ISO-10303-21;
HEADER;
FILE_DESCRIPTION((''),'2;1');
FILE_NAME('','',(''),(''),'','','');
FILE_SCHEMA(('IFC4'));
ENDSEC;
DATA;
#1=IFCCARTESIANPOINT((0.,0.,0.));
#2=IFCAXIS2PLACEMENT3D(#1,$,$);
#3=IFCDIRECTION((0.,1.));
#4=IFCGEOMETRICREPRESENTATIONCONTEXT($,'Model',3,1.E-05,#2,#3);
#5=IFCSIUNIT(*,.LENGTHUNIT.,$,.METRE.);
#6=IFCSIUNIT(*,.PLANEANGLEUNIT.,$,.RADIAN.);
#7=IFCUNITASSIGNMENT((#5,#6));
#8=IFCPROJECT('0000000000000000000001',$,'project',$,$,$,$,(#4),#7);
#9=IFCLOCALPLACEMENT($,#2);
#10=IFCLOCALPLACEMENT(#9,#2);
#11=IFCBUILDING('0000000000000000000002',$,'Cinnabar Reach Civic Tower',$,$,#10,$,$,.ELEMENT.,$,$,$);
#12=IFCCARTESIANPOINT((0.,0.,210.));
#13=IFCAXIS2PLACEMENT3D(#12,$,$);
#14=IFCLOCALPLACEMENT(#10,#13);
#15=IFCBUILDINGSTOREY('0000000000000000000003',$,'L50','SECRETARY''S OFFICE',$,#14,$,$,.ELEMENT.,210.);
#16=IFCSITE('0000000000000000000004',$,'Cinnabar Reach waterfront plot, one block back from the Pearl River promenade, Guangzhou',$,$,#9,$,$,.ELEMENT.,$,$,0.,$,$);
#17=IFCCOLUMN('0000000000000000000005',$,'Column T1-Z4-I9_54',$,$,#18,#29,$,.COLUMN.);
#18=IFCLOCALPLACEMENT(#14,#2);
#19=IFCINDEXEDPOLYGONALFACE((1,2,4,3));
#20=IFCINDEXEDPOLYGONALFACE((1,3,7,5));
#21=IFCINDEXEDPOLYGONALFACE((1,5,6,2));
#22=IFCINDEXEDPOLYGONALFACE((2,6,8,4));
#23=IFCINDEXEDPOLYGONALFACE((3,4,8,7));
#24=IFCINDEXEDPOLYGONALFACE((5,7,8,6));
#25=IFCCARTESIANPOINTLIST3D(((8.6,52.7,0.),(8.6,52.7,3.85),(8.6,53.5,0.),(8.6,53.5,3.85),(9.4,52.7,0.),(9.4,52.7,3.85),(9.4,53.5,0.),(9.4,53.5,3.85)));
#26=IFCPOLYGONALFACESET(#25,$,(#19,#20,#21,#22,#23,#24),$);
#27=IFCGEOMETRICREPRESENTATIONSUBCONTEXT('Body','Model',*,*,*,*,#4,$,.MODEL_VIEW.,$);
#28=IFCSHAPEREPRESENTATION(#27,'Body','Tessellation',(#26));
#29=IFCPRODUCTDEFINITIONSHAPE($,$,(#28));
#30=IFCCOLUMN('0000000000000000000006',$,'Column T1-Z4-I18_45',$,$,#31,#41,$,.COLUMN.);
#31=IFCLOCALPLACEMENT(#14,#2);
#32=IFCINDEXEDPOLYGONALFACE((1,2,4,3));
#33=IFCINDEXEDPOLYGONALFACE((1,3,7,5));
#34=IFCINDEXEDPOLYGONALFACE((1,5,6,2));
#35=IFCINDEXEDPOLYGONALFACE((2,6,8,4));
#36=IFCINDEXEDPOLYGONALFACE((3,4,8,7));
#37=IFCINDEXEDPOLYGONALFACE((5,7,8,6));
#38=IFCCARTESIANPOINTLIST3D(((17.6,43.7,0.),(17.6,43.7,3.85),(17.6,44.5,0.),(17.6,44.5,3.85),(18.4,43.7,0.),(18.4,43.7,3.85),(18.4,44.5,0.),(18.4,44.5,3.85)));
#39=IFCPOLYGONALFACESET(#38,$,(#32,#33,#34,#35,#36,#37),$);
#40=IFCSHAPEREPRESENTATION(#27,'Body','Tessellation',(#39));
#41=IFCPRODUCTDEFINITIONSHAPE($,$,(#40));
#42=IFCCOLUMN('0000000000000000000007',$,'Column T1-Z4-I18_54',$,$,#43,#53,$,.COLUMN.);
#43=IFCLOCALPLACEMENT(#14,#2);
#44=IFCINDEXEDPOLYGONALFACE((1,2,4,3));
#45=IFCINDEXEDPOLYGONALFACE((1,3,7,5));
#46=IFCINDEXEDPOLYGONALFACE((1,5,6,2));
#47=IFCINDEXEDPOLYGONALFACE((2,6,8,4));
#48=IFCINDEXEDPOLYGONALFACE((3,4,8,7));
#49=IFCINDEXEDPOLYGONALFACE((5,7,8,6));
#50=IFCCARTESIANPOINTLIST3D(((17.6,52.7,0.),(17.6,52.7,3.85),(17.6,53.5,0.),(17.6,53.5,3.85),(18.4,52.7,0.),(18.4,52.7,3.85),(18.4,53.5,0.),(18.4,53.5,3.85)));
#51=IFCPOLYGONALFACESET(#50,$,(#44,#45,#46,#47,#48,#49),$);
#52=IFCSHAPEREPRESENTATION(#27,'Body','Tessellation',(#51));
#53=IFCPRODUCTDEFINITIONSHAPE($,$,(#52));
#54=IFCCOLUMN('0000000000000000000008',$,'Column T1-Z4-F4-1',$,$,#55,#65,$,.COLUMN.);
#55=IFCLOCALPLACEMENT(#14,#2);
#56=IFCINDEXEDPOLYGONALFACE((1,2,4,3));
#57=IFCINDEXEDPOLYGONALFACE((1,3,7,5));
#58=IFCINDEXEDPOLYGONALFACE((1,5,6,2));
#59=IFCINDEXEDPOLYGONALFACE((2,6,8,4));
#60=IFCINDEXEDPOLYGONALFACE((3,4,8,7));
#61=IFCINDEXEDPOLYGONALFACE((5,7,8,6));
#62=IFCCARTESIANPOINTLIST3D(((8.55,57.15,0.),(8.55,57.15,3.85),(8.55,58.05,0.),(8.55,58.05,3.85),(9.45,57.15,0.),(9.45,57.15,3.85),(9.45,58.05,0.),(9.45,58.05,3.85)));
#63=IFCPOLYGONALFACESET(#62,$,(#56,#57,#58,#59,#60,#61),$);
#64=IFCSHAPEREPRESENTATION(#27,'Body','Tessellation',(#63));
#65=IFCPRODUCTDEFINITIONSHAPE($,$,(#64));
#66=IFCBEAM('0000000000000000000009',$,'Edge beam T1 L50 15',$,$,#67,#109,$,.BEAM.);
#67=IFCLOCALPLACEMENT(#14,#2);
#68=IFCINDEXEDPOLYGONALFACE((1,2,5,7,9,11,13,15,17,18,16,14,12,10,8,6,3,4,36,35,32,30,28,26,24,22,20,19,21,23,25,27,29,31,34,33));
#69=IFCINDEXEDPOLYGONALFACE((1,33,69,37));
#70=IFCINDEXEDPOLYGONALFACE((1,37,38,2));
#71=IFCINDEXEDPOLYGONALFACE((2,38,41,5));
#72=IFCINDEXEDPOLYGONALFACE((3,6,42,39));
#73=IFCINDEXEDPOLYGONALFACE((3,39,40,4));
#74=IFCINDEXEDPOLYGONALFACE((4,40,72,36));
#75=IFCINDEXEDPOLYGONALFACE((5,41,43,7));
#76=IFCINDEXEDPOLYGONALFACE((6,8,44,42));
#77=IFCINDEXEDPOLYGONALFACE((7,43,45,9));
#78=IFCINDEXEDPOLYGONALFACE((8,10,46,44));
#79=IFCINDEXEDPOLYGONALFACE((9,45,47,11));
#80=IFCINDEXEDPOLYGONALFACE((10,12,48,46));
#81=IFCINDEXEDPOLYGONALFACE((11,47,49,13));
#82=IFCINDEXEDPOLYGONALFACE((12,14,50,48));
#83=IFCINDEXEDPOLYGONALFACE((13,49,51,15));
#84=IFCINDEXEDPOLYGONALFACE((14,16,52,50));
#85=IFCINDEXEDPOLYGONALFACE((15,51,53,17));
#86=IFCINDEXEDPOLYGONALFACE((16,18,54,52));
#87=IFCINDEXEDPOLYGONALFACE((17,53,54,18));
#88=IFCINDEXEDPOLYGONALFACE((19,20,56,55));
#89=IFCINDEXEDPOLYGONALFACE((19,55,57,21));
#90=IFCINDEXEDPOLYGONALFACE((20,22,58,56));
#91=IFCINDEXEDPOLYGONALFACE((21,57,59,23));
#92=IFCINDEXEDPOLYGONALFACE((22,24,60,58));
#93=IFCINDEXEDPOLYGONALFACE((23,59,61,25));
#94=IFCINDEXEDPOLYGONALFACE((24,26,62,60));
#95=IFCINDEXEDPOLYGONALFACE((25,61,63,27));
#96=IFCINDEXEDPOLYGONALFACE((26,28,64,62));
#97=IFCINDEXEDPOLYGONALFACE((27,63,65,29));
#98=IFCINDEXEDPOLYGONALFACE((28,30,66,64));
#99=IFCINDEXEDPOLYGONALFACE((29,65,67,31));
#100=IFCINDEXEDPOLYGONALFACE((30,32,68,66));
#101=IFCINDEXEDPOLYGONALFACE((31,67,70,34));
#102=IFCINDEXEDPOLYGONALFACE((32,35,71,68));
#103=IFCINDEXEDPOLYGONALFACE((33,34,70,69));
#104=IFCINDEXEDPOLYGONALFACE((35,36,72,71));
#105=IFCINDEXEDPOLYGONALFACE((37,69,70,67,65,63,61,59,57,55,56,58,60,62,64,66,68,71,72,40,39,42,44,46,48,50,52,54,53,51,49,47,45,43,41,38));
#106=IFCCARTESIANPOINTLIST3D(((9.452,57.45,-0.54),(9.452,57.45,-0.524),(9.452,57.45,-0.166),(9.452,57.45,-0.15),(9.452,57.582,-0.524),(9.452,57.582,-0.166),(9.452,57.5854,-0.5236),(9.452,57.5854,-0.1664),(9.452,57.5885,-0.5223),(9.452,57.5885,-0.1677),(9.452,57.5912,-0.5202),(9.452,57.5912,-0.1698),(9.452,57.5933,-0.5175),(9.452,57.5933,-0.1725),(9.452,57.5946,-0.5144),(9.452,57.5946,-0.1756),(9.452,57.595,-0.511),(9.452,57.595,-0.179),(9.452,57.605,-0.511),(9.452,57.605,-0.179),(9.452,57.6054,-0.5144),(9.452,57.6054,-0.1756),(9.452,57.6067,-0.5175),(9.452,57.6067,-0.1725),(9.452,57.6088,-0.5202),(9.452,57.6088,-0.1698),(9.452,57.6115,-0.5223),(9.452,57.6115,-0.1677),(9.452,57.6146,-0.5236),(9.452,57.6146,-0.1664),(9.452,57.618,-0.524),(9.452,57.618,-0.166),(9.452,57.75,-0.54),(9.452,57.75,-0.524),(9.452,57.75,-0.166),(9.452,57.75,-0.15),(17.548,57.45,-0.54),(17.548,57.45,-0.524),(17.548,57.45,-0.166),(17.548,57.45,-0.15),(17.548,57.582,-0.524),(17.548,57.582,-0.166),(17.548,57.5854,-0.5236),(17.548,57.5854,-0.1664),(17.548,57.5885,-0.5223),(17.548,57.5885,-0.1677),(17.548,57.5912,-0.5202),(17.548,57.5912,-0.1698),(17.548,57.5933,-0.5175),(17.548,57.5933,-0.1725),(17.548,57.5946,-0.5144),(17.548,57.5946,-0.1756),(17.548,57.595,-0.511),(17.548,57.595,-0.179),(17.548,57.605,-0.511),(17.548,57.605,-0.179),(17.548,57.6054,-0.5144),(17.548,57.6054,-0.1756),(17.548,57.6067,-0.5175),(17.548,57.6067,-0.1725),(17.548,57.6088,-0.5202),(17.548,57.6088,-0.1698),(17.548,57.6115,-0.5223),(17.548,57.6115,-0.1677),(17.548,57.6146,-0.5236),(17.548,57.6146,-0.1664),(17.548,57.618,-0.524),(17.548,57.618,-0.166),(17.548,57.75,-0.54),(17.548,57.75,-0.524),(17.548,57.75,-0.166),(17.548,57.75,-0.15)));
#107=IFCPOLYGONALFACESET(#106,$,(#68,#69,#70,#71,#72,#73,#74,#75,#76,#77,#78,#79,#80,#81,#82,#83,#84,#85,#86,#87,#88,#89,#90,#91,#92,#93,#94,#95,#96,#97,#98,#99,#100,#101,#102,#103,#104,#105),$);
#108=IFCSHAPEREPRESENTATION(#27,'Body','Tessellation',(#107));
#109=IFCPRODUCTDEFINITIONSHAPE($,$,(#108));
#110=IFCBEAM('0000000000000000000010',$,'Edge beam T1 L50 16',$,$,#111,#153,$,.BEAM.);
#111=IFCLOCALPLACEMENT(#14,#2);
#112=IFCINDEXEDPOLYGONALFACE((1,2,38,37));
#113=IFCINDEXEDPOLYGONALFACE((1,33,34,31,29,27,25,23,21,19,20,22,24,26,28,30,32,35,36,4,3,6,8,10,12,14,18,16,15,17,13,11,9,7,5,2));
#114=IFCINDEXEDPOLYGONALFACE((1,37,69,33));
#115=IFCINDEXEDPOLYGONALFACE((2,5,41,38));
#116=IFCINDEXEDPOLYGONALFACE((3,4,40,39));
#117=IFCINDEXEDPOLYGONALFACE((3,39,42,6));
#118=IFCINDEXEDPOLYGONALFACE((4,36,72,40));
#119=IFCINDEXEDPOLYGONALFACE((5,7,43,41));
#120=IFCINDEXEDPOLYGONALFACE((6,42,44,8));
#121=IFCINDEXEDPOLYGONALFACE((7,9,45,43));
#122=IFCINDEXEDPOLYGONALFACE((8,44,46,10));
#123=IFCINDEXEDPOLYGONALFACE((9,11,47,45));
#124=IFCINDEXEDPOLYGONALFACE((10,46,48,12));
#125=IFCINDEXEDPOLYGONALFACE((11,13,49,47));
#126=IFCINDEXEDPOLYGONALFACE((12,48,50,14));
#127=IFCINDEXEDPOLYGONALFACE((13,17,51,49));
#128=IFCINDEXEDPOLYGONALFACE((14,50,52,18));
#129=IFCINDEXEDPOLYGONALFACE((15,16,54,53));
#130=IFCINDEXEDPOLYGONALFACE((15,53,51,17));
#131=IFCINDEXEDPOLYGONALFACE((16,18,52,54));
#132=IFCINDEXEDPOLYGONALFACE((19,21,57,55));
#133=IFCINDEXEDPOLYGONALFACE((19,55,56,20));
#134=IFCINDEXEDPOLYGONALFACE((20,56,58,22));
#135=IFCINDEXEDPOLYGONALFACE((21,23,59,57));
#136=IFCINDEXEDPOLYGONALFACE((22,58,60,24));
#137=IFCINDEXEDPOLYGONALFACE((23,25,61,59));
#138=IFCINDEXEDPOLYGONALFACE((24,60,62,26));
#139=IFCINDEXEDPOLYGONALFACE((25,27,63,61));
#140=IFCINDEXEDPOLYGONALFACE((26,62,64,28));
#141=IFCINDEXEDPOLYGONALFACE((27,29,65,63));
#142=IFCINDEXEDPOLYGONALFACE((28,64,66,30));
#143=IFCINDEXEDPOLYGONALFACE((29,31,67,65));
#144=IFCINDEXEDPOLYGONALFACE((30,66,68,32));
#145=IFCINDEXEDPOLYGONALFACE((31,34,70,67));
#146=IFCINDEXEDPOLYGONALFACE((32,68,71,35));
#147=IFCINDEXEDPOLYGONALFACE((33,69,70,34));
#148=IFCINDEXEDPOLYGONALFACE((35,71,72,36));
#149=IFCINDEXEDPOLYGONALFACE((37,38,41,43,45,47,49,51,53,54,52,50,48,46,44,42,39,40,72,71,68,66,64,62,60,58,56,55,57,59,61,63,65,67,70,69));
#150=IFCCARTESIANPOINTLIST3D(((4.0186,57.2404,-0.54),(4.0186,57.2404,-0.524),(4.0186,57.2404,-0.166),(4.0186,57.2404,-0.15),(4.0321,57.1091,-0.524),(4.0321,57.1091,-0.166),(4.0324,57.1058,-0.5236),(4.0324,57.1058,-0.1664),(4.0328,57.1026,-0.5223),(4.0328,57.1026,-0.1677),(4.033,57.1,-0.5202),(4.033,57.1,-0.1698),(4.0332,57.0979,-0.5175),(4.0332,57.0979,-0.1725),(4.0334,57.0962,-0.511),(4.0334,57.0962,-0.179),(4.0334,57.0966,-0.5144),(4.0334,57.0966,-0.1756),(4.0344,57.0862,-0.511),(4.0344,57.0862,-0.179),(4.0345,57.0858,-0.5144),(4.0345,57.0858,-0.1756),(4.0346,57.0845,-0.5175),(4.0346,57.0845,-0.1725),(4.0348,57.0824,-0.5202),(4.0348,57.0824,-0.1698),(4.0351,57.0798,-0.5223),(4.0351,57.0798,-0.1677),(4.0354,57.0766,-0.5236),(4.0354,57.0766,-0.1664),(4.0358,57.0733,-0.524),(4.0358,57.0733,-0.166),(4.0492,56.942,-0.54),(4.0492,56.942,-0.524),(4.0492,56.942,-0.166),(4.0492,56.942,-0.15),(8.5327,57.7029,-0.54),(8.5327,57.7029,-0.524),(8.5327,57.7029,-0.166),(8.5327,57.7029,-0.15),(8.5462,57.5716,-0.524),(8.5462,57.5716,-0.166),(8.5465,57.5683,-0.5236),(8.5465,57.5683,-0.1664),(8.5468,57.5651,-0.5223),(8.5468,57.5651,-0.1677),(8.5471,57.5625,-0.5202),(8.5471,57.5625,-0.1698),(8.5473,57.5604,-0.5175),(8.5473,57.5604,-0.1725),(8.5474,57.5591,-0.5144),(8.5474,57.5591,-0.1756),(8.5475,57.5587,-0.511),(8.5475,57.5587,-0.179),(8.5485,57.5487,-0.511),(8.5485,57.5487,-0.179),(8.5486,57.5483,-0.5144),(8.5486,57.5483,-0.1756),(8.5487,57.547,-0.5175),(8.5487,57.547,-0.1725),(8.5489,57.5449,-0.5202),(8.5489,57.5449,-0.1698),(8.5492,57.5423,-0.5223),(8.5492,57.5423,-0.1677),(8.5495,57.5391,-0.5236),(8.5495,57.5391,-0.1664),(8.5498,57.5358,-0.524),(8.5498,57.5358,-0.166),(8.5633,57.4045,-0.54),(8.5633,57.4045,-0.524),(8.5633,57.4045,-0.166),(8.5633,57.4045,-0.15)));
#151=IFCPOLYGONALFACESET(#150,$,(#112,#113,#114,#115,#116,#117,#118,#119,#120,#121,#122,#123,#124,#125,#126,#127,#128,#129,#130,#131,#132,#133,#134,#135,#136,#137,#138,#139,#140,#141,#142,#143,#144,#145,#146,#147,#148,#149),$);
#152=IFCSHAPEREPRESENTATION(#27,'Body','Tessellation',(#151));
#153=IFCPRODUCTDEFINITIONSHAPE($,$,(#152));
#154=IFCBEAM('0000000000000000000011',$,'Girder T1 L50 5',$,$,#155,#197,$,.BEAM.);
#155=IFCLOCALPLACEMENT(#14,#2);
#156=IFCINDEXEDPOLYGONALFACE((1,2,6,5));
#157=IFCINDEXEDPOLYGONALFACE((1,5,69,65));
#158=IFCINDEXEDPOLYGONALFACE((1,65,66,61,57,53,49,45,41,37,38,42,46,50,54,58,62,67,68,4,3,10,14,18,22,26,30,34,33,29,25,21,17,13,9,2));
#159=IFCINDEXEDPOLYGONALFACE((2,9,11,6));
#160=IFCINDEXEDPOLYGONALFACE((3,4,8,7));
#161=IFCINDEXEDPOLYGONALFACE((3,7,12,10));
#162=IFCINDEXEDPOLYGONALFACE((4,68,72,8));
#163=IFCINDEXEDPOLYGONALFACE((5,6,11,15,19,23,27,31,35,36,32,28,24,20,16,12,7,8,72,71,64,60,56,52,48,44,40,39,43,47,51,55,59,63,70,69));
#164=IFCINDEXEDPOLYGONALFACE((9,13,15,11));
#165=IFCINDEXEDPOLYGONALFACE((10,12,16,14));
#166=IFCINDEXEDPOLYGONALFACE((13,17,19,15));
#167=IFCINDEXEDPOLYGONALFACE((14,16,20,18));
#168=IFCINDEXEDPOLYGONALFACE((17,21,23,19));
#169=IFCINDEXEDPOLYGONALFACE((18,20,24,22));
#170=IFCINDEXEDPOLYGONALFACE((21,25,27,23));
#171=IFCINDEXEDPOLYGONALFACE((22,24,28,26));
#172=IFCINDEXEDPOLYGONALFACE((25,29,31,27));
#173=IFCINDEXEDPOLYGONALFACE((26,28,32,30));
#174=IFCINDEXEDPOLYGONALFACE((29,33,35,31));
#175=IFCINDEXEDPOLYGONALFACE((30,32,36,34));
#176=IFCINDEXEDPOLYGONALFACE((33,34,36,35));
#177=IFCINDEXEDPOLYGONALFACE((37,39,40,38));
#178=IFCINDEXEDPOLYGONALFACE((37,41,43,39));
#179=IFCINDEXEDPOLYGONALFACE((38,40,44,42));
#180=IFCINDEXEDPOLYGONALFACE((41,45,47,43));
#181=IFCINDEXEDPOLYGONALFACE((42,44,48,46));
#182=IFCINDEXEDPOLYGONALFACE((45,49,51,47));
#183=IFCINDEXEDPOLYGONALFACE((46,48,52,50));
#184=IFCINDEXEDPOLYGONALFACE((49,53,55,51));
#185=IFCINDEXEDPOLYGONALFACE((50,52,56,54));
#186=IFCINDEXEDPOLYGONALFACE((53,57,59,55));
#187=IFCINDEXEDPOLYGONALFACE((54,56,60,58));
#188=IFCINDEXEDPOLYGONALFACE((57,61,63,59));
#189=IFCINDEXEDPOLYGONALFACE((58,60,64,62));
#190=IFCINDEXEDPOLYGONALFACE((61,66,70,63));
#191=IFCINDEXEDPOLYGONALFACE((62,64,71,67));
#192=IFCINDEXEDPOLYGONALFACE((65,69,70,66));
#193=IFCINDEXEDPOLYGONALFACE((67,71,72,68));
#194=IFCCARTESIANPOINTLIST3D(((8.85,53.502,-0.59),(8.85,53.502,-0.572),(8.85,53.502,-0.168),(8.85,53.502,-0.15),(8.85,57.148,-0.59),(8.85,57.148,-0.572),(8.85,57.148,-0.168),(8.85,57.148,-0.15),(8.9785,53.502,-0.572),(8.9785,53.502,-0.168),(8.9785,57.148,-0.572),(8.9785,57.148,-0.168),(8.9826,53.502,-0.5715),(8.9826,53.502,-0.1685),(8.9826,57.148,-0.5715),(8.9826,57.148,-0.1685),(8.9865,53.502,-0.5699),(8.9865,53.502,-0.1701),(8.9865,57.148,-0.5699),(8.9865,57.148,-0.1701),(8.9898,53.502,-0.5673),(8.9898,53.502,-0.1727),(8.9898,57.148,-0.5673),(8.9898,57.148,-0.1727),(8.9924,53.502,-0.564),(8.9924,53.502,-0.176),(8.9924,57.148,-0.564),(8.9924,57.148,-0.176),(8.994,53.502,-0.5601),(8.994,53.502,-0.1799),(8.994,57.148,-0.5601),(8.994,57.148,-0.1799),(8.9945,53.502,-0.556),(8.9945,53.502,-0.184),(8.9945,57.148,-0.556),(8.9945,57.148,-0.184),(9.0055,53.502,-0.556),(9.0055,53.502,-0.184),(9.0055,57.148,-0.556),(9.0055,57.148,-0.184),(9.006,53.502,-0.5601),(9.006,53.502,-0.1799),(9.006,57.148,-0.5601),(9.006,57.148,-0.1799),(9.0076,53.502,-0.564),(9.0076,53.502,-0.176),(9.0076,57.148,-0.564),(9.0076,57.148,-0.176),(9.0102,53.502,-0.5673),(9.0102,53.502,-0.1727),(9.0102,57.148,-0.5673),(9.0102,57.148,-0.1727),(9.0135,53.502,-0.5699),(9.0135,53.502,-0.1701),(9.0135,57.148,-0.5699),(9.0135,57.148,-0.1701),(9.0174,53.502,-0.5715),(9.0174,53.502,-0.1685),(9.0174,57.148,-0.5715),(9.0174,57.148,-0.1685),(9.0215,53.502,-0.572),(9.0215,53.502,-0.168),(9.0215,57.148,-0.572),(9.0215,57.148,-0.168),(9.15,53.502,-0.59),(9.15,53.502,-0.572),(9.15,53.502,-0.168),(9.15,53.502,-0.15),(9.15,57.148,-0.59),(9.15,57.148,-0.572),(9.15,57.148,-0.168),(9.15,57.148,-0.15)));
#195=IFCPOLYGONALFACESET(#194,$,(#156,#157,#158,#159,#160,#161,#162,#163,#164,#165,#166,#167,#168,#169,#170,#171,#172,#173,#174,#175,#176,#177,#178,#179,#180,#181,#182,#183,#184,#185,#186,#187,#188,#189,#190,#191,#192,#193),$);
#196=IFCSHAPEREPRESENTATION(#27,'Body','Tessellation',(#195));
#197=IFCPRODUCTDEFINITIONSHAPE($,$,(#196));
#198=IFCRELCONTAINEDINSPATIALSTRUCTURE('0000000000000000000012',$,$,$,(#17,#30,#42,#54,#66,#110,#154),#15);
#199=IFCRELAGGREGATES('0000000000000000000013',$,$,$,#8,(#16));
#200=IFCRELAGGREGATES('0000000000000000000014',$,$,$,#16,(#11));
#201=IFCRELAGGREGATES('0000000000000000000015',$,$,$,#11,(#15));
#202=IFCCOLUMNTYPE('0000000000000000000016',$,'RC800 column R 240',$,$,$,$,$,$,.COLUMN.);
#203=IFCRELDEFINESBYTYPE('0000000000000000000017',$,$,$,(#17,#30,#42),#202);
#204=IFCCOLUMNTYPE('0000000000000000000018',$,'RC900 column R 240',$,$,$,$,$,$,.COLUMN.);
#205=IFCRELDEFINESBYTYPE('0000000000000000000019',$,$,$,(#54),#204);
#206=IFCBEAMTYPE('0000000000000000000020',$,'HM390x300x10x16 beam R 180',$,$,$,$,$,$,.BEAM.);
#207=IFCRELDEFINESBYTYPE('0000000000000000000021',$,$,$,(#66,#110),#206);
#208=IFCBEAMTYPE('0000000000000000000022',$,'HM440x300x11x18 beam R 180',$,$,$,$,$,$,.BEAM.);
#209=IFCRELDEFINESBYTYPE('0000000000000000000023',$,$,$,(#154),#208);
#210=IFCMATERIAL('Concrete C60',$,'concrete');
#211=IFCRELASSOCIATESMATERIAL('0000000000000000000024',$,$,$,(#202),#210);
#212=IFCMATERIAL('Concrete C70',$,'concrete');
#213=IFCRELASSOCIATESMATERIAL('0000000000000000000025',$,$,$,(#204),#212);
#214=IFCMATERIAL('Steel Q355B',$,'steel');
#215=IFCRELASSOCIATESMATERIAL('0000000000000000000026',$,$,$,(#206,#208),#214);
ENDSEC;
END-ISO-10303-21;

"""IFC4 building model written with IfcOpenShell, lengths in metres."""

from ifc_helpers import new_model, si_unit, direction, frame, origin, origin_2d, place, context, subcontext, project, spatial, rectangle, i_section, extrude, material, material_profile, profile_set, type_object, element, save


model = new_model("IFC4")

# Units and contexts
model_context = context("Model", 3, precision=1e-05, world=origin(), true_north=direction((0.0, 1.0)))
body_context = subcontext(model_context, "Body", "Model", "MODEL_VIEW")
ifc_project = project(units=[si_unit("LENGTHUNIT", "METRE"), si_unit("PLANEANGLEUNIT", "RADIAN")], contexts=[model_context])

# Site, building, storey
site_placement = place(None, origin())
site = spatial("IfcSite", under=ifc_project, at=site_placement, Name="Cinnabar Reach waterfront plot, one block back from the Pearl River promenade, Guangzhou", CompositionType="ELEMENT", RefElevation=0.0)
building_placement = place(site_placement, origin())
building = spatial("IfcBuilding", under=site, at=building_placement, Name="Cinnabar Reach Civic Tower", CompositionType="ELEMENT")
storey_placement = place(building_placement, frame((0.0, 0.0, 210.0)))
storey = spatial("IfcBuildingStorey", under=building, at=storey_placement, Name="L50", Description="SECRETARY'S OFFICE", CompositionType="ELEMENT", Elevation=210.0)

# Columns
ifc_material_1 = material(Name="Concrete C60", Category="concrete")
ifc_material_profile_1 = material_profile(ifc_material_1, rectangle(XDim=0.8, YDim=0.8, at=origin_2d()), Name="RC800")
ifc_profile_set_1 = profile_set([ifc_material_profile_1], Name="Concrete C60")
column_type_1 = type_object("IfcColumnType", Name="RC800 column R 240", PredefinedType="COLUMN", material=ifc_profile_set_1)
for number, where, z_axis, x_axis, name in (
    (1, (9.0, 53.1, 0.0), (0.0, 0.0, 1.0), (1.0, 0.0, 0.0), "Column T1-Z4-I9_54"),
    (2, (18.0, 44.1, 0.0), (0.0, 0.0, 1.0), (1.0, 0.0, 0.0), "Column T1-Z4-I18_45"),
    (3, (18.0, 53.1, 0.0), (0.0, 0.0, 1.0), (1.0, 0.0, 0.0), "Column T1-Z4-I18_54"),
):
    element("IfcColumn", number, at=place(storey_placement, frame(where, z_axis=z_axis, x_axis=x_axis)), inside=storey, type_object=column_type_1, Name=name, PredefinedType="COLUMN", context=body_context, shape_type="SweptSolid", body=[
        extrude(rectangle(XDim=0.8, YDim=0.8, at=origin_2d()), origin(), (0.0, 0.0, 1.0), 3.85),
    ])
ifc_material_2 = material(Name="Concrete C70", Category="concrete")
ifc_material_profile_2 = material_profile(ifc_material_2, rectangle(XDim=0.9, YDim=0.9, at=origin_2d()), Name="RC900")
ifc_profile_set_2 = profile_set([ifc_material_profile_2], Name="Concrete C70")
column_type_2 = type_object("IfcColumnType", Name="RC900 column R 240", PredefinedType="COLUMN", material=ifc_profile_set_2)
column_placement = place(storey_placement, frame((9.0, 57.6, 0.0), z_axis=(0.0, 0.0, 1.0), x_axis=(1.0, 0.0, 0.0)))
element("IfcColumn", 4, at=column_placement, inside=storey, type_object=column_type_2, Name="Column T1-Z4-F4-1", PredefinedType="COLUMN", context=body_context, shape_type="SweptSolid", body=[
    extrude(rectangle(XDim=0.9, YDim=0.9, at=origin_2d()), origin(), (0.0, 0.0, 1.0), 3.85),
])

# Beams
ifc_material_3 = material(Name="Steel Q355B", Category="steel")
ifc_material_profile_3 = material_profile(ifc_material_3, i_section(OverallWidth=0.3, OverallDepth=0.39, WebThickness=0.01, FlangeThickness=0.016, FilletRadius=0.013, at=origin_2d()), Name="HM390x300x10x16")
ifc_profile_set_3 = profile_set([ifc_material_profile_3], Name="Steel Q355B")
beam_type_1 = type_object("IfcBeamType", Name="HM390x300x10x16 beam R 180", PredefinedType="BEAM", material=ifc_profile_set_3)
beam_1_placement = place(storey_placement, frame((17.548, 57.6, -0.345), z_axis=(-1.0, 0.0, 0.0), x_axis=(0.0, -1.0, 0.0)))
element("IfcBeam", 5, at=beam_1_placement, inside=storey, type_object=beam_type_1, Name="Edge beam T1 L50 15", PredefinedType="BEAM", context=body_context, shape_type="SweptSolid", body=[
    extrude(i_section(OverallWidth=0.3, OverallDepth=0.39, WebThickness=0.01, FlangeThickness=0.016, FilletRadius=0.013, at=origin_2d()), origin(), (0.0, 0.0, 1.0), 8.096),
])
beam_2_placement = place(storey_placement, frame((8.548, 57.5537, -0.345), z_axis=(-0.994792, -0.101923, 0.0), x_axis=(0.101923, -0.994792, 0.0)))
element("IfcBeam", 6, at=beam_2_placement, inside=storey, type_object=beam_type_1, Name="Edge beam T1 L50 16", PredefinedType="BEAM", context=body_context, shape_type="SweptSolid", body=[
    extrude(i_section(OverallWidth=0.3, OverallDepth=0.39, WebThickness=0.01, FlangeThickness=0.016, FilletRadius=0.013, at=origin_2d()), origin(), (0.0, 0.0, 1.0), 4.5377),
])
ifc_material_profile_4 = material_profile(ifc_material_3, i_section(OverallWidth=0.3, OverallDepth=0.44, WebThickness=0.011, FlangeThickness=0.018, FilletRadius=0.016, at=origin_2d()), Name="HM440x300x11x18")
ifc_profile_set_4 = profile_set([ifc_material_profile_4], Name="Steel Q355B")
beam_type_2 = type_object("IfcBeamType", Name="HM440x300x11x18 beam R 180", PredefinedType="BEAM", material=ifc_profile_set_4)
for number, where, z_axis, x_axis, name in (
    (7, (9.0, 53.502, -0.37), (0.0, 1.0, 0.0), (-1.0, 0.0, 0.0), "Girder T1 L50 5"),
):
    element("IfcBeam", number, at=place(storey_placement, frame(where, z_axis=z_axis, x_axis=x_axis)), inside=storey, type_object=beam_type_2, Name=name, PredefinedType="BEAM", context=body_context, shape_type="SweptSolid", body=[
        extrude(i_section(OverallWidth=0.3, OverallDepth=0.44, WebThickness=0.011, FlangeThickness=0.018, FilletRadius=0.016, at=origin_2d()), origin(), (0.0, 0.0, 1.0), 3.646),
    ])

save(model, "model.ifc")
